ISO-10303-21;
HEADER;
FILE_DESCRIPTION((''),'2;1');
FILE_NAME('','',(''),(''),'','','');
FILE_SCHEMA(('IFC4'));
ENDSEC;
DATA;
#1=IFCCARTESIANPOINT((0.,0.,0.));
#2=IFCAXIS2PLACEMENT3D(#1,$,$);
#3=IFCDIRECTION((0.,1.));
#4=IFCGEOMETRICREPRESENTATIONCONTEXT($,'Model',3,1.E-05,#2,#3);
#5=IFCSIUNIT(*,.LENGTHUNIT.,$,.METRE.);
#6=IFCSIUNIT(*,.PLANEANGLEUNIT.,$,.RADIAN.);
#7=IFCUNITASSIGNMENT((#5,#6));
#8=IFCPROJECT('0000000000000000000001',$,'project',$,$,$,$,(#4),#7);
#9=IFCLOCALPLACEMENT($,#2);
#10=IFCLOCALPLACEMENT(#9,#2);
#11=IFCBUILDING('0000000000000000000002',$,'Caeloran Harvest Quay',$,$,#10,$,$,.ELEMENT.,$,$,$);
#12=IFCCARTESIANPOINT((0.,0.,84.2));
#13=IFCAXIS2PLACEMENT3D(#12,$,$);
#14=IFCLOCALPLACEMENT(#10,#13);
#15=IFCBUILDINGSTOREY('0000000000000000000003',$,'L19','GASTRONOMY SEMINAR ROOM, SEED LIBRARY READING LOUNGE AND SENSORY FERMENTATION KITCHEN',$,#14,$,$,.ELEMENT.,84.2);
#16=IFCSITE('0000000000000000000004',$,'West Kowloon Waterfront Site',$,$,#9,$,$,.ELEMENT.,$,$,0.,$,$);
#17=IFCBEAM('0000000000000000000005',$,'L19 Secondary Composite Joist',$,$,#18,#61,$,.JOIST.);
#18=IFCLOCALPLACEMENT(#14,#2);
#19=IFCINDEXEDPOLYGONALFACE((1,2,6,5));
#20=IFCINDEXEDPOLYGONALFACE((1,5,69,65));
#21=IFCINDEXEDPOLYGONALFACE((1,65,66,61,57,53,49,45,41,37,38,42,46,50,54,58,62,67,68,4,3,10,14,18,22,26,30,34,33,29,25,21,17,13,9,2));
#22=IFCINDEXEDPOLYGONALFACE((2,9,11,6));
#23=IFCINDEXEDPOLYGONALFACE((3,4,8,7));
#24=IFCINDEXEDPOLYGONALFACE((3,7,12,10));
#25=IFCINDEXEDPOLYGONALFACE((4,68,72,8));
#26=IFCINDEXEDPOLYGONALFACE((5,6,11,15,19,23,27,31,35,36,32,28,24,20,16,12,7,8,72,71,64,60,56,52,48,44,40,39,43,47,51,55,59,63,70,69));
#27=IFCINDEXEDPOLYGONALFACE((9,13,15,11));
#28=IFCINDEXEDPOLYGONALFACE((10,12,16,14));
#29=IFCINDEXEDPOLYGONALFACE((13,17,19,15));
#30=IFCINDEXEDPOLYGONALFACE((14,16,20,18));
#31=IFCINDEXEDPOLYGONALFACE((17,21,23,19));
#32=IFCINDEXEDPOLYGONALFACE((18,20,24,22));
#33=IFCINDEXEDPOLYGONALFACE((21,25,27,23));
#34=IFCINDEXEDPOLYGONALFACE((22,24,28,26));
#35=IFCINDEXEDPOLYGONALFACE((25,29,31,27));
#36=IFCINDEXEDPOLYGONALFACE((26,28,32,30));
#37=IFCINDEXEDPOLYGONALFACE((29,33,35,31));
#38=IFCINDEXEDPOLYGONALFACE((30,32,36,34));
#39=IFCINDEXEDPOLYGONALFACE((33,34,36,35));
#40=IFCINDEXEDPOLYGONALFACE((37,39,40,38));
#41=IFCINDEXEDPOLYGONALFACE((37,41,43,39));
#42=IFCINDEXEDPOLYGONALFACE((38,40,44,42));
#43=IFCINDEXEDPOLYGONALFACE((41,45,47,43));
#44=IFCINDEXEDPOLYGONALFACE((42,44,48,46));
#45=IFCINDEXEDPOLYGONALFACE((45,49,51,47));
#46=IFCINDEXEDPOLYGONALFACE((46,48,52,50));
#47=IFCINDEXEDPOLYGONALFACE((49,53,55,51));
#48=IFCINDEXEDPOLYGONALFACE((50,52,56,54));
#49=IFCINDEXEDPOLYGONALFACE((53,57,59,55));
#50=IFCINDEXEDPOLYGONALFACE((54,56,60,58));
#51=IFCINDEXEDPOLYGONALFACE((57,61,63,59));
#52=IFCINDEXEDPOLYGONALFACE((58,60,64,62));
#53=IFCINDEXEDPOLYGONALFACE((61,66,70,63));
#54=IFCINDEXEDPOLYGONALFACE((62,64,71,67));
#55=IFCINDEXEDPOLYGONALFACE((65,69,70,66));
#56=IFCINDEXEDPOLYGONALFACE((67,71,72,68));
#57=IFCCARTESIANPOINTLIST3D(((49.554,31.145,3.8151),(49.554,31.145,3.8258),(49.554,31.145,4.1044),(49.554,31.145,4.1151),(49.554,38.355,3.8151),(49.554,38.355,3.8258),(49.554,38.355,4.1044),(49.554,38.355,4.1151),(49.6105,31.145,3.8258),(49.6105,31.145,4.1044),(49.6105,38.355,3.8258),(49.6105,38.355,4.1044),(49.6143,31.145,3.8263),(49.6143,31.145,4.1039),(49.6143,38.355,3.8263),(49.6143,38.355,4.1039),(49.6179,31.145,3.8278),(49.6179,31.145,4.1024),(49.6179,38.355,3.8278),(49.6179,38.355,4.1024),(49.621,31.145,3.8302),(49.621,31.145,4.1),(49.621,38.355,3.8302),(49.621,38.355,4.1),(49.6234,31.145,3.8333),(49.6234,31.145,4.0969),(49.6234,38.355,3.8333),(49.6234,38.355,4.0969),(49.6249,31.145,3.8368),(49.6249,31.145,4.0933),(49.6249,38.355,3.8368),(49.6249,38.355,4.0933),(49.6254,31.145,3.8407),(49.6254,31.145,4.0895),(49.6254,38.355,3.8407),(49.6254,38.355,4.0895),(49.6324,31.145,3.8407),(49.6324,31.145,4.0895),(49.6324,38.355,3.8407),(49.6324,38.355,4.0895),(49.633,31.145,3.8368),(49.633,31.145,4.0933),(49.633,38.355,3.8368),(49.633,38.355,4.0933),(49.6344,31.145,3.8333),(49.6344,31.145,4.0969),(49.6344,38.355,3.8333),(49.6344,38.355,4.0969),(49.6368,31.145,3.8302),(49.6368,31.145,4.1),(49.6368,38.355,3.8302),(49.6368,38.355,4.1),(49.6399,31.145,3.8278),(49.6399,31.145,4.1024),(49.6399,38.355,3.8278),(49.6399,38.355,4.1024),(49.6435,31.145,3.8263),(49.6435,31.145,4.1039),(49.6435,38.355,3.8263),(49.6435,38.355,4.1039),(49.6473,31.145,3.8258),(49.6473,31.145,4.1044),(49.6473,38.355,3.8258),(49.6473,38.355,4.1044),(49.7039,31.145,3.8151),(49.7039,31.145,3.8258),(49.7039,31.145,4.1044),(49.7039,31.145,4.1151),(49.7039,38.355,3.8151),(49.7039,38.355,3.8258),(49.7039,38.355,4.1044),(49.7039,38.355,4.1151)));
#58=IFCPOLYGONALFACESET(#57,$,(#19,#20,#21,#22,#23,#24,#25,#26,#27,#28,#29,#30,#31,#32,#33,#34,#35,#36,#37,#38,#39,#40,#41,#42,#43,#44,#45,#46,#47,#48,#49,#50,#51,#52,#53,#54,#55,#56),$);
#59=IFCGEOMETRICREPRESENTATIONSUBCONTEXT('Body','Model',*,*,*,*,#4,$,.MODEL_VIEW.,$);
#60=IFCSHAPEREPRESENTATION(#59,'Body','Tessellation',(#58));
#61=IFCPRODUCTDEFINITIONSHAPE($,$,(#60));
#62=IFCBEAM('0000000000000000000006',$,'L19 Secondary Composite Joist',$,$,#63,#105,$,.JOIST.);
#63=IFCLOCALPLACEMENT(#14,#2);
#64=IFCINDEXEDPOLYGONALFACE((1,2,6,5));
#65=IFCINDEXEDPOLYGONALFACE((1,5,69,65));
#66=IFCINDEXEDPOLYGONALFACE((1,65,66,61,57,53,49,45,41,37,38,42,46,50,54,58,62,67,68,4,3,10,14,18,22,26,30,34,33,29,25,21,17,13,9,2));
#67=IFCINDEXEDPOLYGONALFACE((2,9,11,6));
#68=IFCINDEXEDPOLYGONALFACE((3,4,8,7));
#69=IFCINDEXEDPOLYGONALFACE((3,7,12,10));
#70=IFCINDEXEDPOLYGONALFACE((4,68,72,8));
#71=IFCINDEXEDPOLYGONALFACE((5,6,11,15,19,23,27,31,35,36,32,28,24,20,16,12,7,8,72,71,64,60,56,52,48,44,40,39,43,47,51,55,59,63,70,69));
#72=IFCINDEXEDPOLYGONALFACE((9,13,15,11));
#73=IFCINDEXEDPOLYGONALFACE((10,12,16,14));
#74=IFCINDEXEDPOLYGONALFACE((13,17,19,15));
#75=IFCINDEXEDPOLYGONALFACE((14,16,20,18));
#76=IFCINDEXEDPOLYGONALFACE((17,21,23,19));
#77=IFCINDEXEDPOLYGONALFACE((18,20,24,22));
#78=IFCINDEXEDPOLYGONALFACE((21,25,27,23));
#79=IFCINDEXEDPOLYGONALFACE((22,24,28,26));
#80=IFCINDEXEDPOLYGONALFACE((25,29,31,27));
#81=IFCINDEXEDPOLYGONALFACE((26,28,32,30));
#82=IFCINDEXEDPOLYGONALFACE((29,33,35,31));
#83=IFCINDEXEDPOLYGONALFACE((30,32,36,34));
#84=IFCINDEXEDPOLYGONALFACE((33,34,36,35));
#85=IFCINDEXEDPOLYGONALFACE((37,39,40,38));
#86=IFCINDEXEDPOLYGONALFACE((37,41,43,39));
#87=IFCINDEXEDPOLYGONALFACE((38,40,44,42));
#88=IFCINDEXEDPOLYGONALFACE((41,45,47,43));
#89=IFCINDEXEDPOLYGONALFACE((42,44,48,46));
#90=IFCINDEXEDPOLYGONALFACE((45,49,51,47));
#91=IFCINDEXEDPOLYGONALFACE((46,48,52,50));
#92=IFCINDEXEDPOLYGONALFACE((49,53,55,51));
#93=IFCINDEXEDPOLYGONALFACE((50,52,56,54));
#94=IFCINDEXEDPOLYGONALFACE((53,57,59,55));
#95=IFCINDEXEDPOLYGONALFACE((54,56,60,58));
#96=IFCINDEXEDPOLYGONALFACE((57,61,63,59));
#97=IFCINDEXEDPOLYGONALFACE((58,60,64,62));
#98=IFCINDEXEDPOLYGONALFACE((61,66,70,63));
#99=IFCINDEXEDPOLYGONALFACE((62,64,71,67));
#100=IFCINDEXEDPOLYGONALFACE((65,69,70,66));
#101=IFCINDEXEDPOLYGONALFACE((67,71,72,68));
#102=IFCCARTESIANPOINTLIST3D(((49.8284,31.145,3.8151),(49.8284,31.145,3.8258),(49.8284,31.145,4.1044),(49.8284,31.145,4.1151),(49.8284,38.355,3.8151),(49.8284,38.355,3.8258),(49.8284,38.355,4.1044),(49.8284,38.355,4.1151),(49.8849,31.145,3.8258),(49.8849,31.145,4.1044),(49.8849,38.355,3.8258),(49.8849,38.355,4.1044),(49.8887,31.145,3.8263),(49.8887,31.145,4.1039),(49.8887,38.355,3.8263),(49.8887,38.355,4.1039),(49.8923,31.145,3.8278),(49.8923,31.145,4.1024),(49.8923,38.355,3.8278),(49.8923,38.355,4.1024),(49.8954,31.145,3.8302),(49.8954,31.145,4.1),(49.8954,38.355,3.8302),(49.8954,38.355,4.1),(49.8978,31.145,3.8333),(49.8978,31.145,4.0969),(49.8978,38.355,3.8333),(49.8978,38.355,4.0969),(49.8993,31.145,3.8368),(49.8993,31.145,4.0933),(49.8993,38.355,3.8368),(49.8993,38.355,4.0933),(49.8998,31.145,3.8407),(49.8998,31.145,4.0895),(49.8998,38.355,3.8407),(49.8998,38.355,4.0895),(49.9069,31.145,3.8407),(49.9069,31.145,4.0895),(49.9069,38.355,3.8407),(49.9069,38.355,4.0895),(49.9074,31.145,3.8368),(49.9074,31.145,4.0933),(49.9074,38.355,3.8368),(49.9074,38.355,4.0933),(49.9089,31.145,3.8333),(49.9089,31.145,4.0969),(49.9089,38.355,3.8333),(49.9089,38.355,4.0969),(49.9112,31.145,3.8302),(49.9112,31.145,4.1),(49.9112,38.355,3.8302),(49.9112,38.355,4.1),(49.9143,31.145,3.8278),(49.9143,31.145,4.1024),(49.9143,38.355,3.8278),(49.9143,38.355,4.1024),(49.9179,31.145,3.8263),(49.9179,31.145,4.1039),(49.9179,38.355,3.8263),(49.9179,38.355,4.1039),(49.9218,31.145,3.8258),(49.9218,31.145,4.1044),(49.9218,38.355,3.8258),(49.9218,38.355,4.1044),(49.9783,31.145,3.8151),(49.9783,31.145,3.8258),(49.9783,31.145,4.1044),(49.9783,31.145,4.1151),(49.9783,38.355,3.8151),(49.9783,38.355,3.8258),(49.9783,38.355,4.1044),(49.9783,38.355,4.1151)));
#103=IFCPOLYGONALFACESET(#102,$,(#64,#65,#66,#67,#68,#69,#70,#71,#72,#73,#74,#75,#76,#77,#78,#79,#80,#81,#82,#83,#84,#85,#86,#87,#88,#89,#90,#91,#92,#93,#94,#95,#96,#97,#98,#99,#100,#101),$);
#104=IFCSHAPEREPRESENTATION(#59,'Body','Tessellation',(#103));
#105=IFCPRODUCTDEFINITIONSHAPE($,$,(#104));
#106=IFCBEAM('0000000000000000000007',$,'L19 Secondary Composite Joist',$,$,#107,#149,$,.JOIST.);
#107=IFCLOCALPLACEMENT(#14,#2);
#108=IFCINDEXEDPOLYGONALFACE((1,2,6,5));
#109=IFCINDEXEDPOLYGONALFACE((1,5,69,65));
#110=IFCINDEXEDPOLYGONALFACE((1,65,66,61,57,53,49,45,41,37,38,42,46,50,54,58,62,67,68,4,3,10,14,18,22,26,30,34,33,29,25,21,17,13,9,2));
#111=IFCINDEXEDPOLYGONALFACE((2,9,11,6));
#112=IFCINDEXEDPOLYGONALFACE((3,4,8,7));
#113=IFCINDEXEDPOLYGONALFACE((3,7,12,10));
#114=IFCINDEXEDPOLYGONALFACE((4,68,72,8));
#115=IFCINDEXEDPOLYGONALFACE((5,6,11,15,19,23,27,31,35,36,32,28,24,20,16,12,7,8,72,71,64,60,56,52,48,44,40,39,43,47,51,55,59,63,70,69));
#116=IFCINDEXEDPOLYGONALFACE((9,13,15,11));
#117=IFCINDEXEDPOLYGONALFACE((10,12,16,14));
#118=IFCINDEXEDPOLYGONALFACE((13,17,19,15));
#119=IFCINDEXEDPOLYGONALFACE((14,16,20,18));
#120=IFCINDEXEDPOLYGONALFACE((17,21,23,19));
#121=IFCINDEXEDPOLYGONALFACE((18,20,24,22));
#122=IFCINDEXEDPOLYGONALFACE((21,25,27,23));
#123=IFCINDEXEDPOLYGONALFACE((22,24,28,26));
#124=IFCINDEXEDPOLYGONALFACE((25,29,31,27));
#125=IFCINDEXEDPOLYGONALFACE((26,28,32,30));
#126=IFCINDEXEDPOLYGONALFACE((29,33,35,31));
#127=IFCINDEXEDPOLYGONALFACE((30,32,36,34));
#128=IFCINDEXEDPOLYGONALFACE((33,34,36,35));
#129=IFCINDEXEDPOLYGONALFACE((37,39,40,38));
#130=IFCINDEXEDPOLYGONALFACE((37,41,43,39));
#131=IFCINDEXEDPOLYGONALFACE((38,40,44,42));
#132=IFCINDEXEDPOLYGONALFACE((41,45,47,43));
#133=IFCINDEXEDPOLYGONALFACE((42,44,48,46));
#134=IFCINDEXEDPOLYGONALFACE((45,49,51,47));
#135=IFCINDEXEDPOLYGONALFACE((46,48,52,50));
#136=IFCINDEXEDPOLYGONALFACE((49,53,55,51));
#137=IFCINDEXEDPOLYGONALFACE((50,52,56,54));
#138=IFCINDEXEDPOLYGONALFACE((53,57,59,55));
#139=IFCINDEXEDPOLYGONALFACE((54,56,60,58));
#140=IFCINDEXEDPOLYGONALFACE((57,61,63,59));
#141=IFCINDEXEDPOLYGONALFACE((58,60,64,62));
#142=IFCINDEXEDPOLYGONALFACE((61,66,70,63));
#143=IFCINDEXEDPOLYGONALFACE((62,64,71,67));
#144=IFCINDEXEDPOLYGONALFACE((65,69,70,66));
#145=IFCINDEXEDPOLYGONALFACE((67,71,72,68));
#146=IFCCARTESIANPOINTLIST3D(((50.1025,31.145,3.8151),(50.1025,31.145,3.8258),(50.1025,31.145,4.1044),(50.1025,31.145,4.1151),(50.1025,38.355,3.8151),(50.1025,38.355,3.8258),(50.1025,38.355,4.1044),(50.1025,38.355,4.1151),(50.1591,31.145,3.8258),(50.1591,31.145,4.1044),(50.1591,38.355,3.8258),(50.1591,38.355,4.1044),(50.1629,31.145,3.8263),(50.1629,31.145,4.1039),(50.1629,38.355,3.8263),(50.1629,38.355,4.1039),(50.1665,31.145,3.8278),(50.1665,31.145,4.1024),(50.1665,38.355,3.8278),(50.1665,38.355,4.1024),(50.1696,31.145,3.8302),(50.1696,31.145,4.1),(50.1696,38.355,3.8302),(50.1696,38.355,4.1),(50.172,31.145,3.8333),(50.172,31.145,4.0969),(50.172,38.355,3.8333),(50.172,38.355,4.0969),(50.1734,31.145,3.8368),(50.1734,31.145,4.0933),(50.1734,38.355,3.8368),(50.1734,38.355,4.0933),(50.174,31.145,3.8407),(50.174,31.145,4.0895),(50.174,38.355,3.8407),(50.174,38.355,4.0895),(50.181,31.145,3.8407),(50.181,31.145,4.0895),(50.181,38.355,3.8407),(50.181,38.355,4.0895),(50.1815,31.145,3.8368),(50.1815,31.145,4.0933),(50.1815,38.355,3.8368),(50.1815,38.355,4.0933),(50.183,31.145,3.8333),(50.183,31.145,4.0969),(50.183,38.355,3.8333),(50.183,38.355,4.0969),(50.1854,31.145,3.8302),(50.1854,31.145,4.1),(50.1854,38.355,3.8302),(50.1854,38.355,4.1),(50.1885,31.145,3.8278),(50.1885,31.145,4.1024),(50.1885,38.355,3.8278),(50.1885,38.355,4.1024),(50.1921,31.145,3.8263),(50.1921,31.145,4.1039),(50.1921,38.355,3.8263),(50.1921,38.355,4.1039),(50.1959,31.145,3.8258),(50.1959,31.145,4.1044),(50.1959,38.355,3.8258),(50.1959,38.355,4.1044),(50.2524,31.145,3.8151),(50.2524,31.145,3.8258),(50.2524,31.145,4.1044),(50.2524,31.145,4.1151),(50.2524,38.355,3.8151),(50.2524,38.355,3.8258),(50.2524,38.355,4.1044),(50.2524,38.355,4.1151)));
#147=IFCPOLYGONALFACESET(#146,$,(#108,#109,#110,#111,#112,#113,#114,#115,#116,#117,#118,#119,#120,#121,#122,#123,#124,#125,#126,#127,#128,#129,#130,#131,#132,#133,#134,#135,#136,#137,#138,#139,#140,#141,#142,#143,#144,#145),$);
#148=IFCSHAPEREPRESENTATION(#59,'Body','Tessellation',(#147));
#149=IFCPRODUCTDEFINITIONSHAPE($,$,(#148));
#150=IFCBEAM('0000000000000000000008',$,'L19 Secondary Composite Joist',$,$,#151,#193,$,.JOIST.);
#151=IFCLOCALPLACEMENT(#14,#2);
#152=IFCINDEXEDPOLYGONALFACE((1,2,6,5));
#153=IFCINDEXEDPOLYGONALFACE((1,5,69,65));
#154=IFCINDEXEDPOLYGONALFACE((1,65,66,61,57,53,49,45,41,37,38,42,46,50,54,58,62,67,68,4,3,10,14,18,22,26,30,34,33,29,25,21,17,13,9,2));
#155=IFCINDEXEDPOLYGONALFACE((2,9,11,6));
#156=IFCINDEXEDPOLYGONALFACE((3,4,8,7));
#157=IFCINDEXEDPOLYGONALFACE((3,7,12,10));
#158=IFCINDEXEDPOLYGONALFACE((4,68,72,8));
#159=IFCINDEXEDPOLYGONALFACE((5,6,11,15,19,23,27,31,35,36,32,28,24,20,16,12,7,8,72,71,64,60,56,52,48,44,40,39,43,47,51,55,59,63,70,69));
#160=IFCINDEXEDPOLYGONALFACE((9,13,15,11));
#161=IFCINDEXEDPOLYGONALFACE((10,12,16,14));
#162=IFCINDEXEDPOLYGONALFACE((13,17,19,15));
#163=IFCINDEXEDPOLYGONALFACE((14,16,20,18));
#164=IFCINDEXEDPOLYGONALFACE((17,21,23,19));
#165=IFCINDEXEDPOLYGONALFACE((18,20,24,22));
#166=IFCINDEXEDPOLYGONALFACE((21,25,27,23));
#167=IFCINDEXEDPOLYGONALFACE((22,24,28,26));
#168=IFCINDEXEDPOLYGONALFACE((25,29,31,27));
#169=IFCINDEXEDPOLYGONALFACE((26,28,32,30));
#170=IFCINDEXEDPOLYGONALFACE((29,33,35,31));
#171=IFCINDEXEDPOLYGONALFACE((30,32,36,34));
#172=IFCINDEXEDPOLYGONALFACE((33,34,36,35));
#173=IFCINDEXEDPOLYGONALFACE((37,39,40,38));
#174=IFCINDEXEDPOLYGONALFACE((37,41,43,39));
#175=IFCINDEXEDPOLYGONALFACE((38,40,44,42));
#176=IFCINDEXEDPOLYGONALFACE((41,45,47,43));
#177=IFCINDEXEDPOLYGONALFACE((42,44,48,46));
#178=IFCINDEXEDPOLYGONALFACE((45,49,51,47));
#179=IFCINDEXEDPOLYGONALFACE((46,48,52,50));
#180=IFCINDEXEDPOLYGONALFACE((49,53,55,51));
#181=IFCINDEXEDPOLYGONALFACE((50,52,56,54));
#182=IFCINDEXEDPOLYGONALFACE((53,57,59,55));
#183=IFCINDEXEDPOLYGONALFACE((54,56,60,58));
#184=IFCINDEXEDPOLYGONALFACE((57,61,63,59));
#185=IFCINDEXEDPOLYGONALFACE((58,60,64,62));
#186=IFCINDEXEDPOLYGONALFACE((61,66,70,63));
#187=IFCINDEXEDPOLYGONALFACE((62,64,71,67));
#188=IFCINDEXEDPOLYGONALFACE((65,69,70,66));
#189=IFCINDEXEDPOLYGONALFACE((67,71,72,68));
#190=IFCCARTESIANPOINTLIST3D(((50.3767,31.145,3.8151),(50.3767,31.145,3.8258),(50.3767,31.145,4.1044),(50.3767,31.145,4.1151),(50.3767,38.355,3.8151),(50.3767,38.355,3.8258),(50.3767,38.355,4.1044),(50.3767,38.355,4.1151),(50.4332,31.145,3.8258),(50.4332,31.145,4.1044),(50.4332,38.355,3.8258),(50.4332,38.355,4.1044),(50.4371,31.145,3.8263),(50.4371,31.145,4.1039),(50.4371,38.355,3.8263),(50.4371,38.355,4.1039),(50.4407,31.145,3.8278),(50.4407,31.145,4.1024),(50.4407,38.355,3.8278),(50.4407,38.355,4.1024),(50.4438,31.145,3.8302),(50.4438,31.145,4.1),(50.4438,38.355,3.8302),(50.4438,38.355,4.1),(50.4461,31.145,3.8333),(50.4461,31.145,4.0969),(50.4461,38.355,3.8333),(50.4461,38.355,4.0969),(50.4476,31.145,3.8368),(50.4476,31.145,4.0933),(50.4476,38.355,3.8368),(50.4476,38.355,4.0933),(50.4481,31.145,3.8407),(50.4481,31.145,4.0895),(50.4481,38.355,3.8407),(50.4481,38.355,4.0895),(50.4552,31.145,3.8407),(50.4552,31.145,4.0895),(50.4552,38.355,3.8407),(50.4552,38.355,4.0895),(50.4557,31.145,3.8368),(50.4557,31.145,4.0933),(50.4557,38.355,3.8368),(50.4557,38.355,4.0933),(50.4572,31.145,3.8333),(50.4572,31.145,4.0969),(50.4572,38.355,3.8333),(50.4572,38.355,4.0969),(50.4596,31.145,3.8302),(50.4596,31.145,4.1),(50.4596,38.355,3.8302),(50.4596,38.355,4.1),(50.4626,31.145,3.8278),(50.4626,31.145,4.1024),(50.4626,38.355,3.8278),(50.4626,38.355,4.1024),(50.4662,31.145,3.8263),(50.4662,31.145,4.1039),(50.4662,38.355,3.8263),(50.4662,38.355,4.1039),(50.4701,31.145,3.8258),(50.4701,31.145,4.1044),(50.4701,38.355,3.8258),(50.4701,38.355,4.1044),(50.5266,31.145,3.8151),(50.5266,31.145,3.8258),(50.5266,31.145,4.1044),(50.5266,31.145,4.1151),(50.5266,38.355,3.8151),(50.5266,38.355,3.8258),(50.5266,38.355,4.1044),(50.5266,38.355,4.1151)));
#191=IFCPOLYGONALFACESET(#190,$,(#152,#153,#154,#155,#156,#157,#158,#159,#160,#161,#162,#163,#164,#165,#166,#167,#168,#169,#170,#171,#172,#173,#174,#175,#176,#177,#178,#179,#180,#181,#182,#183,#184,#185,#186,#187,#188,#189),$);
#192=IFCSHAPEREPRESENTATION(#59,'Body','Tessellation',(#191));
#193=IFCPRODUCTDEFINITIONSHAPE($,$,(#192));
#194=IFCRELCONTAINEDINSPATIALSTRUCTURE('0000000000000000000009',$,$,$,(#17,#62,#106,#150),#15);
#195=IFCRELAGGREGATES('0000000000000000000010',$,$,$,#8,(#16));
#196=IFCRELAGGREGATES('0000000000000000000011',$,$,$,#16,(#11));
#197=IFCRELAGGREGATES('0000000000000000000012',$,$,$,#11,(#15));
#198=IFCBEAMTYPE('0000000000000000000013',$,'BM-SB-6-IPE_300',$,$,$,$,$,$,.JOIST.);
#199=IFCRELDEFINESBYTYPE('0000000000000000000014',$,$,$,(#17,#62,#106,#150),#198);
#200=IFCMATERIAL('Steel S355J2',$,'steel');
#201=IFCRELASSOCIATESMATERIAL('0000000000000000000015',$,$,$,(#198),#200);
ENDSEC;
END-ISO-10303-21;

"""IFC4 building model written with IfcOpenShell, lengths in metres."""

from ifc_helpers import new_model, si_unit, direction, frame, origin, origin_2d, place, context, subcontext, project, spatial, i_section, extrude, material, material_profile, profile_set, type_object, element, save


model = new_model("IFC4")

# Units and contexts
model_context = context("Model", 3, precision=1e-05, world=origin(), true_north=direction((0.0, 1.0)))
body_context = subcontext(model_context, "Body", "Model", "MODEL_VIEW")
ifc_project = project(units=[si_unit("LENGTHUNIT", "METRE"), si_unit("PLANEANGLEUNIT", "RADIAN")], contexts=[model_context])

# Site, building, storey
site_placement = place(None, origin())
site = spatial("IfcSite", under=ifc_project, at=site_placement, Name="West Kowloon Waterfront Site", CompositionType="ELEMENT", RefElevation=0.0)
building_placement = place(site_placement, origin())
building = spatial("IfcBuilding", under=site, at=building_placement, Name="Caeloran Harvest Quay", CompositionType="ELEMENT")
storey_placement = place(building_placement, frame((0.0, 0.0, 84.2)))
storey = spatial("IfcBuildingStorey", under=building, at=storey_placement, Name="L19", Description="GASTRONOMY SEMINAR ROOM, SEED LIBRARY READING LOUNGE AND SENSORY FERMENTATION KITCHEN", CompositionType="ELEMENT", Elevation=84.2)

# Beams
ifc_material_1 = material(Name="Steel S355J2", Category="steel")
ifc_material_profile_1 = material_profile(ifc_material_1, i_section(OverallWidth=0.1499, OverallDepth=0.3, WebThickness=0.0071, FlangeThickness=0.0107, FilletRadius=0.0149, at=origin_2d()), Name="IPE 300")
ifc_profile_set_1 = profile_set([ifc_material_profile_1], Name="Steel S355J2")
beam_type_1 = type_object("IfcBeamType", Name="BM-SB-6-IPE_300", PredefinedType="JOIST", material=ifc_profile_set_1)
for number, where, z_axis, x_axis, name in (
    (1, (49.6289, 31.145, 3.9651), (0.0, 1.0, 0.0), (-1.0, 0.0, 0.0), "L19 Secondary Composite Joist"),
    (2, (49.9033, 31.145, 3.9651), (0.0, 1.0, 0.0), (-1.0, 0.0, 0.0), "L19 Secondary Composite Joist"),
    (3, (50.1775, 31.145, 3.9651), (0.0, 1.0, 0.0), (-1.0, 0.0, 0.0), "L19 Secondary Composite Joist"),
    (4, (50.4517, 31.145, 3.9651), (0.0, 1.0, 0.0), (-1.0, 0.0, 0.0), "L19 Secondary Composite Joist"),
):
    element("IfcBeam", number, at=place(storey_placement, frame(where, z_axis=z_axis, x_axis=x_axis)), inside=storey, type_object=beam_type_1, Name=name, PredefinedType="JOIST", context=body_context, shape_type="SweptSolid", body=[
        extrude(i_section(OverallWidth=0.1499, OverallDepth=0.3, WebThickness=0.0071, FlangeThickness=0.0107, FilletRadius=0.0149, at=origin_2d()), origin(), (0.0, 0.0, 1.0), 7.21),
    ])

save(model, "model.ifc")
